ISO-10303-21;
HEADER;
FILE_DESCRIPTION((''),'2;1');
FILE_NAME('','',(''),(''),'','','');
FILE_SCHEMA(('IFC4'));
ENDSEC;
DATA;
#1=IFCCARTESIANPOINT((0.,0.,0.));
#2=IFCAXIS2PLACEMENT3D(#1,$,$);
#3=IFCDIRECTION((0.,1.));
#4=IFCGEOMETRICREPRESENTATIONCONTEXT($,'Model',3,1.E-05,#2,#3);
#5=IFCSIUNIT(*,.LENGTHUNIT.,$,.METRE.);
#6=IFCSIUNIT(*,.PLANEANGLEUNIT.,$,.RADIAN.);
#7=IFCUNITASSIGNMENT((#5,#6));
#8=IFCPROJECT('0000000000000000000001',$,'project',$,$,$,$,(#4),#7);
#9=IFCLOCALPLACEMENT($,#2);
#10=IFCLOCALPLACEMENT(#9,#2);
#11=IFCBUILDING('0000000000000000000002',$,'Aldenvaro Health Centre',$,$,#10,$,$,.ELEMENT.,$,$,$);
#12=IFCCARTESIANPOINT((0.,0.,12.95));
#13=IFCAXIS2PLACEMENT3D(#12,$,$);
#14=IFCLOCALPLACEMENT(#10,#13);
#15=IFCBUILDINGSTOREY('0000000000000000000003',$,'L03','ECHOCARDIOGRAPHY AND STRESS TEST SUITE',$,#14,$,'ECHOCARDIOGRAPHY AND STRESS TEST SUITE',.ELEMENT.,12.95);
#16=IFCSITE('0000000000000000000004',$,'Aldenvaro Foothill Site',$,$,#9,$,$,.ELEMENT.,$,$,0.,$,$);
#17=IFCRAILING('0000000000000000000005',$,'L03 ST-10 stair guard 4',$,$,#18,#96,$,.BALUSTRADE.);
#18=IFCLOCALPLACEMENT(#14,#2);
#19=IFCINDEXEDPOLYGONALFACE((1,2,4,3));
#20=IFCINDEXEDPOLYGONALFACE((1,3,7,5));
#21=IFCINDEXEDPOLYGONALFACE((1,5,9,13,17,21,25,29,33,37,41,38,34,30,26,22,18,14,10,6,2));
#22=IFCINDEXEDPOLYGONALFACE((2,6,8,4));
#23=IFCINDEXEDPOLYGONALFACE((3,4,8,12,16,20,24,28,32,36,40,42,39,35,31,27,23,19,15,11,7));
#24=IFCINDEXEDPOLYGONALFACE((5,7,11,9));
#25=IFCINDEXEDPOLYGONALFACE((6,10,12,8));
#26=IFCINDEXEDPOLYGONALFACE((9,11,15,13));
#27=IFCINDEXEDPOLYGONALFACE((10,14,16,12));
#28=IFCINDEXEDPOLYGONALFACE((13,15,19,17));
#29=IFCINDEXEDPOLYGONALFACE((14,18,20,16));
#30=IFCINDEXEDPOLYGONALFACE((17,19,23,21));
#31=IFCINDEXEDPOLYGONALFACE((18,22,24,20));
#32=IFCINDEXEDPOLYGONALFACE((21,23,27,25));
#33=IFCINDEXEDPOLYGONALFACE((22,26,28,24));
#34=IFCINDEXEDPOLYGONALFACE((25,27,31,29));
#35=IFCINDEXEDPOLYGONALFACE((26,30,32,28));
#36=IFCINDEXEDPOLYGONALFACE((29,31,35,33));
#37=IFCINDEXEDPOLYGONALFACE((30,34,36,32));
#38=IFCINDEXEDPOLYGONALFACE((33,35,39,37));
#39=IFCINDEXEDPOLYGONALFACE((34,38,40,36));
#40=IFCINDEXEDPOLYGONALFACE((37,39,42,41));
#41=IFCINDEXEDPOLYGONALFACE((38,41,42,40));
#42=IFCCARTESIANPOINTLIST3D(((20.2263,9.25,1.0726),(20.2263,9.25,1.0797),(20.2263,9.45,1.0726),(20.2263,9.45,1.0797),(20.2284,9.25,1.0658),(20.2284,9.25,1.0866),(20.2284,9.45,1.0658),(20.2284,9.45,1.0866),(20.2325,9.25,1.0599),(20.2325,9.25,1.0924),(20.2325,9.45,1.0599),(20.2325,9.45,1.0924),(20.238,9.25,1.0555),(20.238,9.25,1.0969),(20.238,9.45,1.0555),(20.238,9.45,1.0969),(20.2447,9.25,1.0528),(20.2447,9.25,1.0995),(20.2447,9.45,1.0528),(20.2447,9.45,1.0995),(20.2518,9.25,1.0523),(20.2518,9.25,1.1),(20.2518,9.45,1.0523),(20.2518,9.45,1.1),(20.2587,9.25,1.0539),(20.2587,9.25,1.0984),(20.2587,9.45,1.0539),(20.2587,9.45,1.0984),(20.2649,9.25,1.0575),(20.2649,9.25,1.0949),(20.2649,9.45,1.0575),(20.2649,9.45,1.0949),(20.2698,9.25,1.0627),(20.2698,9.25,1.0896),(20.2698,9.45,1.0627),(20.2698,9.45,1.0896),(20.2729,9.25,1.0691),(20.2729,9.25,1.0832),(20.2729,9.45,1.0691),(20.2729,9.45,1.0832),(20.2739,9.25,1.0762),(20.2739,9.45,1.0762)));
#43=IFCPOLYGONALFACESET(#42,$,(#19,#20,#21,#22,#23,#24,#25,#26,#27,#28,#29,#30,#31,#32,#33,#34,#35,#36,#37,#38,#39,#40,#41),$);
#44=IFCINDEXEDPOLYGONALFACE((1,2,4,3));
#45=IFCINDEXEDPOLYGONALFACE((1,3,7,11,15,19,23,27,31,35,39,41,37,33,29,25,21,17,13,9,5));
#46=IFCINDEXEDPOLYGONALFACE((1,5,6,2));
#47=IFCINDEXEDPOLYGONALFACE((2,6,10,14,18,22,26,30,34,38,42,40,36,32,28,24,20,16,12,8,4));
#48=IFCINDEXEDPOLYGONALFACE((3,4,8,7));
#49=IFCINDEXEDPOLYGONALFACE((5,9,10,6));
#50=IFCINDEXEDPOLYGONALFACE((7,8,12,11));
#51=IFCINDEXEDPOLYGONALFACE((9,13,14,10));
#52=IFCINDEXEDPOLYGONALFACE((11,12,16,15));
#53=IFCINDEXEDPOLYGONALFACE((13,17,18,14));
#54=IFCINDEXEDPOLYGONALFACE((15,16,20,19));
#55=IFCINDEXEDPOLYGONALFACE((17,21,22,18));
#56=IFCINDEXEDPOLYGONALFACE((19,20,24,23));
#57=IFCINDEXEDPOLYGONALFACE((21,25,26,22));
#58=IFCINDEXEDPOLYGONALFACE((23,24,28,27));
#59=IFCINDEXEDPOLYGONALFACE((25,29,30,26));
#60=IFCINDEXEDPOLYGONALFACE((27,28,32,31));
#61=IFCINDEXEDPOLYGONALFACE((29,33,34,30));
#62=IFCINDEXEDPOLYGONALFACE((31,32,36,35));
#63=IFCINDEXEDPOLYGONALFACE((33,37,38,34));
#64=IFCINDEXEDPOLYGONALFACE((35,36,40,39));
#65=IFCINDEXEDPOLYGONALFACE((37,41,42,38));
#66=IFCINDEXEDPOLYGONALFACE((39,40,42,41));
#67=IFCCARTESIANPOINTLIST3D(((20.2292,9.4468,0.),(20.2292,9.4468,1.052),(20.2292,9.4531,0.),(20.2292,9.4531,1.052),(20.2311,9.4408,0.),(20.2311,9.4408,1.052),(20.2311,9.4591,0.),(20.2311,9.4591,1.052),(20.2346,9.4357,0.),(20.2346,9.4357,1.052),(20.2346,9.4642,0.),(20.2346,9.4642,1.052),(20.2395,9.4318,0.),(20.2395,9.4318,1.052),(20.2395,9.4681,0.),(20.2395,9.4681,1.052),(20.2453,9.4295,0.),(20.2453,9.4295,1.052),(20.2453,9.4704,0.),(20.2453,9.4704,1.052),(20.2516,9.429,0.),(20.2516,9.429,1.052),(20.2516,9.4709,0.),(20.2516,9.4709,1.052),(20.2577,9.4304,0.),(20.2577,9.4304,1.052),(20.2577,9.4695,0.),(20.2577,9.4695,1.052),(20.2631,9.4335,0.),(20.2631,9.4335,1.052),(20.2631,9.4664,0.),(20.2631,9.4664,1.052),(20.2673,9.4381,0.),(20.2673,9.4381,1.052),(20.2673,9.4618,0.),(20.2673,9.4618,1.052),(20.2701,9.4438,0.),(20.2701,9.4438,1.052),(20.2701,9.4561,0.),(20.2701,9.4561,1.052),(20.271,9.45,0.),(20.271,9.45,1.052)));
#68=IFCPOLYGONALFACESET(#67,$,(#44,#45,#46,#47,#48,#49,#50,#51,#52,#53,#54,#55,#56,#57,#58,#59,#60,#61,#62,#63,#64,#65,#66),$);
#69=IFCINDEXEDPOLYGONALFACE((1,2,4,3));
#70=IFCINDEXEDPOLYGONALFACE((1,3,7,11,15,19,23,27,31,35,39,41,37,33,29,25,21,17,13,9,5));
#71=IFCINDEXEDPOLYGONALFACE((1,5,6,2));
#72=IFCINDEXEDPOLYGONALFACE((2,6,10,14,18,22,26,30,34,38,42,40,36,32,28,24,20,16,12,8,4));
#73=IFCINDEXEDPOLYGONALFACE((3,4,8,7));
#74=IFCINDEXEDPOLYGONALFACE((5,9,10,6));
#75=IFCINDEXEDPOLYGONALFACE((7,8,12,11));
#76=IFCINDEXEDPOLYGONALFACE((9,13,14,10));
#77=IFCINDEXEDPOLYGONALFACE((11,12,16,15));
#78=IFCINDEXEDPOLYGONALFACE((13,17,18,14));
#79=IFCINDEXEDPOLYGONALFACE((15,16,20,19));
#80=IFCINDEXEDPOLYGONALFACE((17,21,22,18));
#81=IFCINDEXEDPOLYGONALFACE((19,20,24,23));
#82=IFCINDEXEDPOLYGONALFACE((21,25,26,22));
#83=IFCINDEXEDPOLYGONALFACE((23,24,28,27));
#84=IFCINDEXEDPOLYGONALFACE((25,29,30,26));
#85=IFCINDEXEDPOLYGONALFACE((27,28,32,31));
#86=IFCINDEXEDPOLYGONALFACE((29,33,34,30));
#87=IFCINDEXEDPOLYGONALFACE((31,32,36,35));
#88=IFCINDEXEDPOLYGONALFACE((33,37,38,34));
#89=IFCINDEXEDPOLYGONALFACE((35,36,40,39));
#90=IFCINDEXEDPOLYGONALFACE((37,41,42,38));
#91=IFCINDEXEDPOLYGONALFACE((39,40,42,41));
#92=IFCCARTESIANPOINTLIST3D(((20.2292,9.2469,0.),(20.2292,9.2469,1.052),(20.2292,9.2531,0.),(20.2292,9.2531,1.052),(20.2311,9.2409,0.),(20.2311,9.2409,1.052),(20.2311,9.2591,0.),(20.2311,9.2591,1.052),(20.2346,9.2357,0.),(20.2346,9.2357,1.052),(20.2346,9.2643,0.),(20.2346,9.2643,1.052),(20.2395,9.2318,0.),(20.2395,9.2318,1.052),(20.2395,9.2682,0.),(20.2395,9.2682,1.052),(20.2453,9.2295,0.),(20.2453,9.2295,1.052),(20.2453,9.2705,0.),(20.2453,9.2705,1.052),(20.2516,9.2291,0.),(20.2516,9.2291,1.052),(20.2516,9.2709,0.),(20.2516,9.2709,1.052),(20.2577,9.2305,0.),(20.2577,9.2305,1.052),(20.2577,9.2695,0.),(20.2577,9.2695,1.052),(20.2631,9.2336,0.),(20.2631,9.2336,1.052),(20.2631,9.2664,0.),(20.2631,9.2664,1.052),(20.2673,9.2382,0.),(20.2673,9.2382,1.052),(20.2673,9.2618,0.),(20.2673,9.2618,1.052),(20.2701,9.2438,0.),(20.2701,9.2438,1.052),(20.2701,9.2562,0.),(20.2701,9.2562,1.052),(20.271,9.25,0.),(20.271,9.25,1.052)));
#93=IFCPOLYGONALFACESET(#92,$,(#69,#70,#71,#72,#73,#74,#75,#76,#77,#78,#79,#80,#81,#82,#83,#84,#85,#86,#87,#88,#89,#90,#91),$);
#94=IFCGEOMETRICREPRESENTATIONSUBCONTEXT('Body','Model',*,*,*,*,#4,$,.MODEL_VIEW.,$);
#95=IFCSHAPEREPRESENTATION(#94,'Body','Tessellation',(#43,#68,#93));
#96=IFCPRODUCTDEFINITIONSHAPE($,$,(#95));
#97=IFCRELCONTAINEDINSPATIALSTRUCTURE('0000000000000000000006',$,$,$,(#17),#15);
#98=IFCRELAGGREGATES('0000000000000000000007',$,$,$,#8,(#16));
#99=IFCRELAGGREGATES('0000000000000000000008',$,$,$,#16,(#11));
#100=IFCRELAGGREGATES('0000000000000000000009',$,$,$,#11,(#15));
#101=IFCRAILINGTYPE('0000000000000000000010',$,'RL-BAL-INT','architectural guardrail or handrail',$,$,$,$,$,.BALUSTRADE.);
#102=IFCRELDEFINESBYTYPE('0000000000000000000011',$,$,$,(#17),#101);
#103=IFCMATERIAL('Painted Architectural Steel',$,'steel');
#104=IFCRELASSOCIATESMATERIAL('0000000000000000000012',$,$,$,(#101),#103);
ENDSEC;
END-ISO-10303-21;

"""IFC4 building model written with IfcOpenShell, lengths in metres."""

from ifc_helpers import new_model, si_unit, direction, frame, origin, origin_2d, place, context, subcontext, project, spatial, circle, extrude, material, type_object, element, save


model = new_model("IFC4")

# Units and contexts
model_context = context("Model", 3, precision=1e-05, world=origin(), true_north=direction((0.0, 1.0)))
body_context = subcontext(model_context, "Body", "Model", "MODEL_VIEW")
ifc_project = project(units=[si_unit("LENGTHUNIT", "METRE"), si_unit("PLANEANGLEUNIT", "RADIAN")], contexts=[model_context])

# Site, building, storey
site_placement = place(None, origin())
site = spatial("IfcSite", under=ifc_project, at=site_placement, Name="Aldenvaro Foothill Site", CompositionType="ELEMENT", RefElevation=0.0)
building_placement = place(site_placement, origin())
building = spatial("IfcBuilding", under=site, at=building_placement, Name="Aldenvaro Health Centre", CompositionType="ELEMENT")
storey_placement = place(building_placement, frame((0.0, 0.0, 12.95)))
storey = spatial("IfcBuildingStorey", under=building, at=storey_placement, Name="L03", Description="ECHOCARDIOGRAPHY AND STRESS TEST SUITE", LongName="ECHOCARDIOGRAPHY AND STRESS TEST SUITE", CompositionType="ELEMENT", Elevation=12.95)

# Railing
ifc_material_1 = material(Name="Painted Architectural Steel", Category="steel")
railing_type_1 = type_object("IfcRailingType", Name="RL-BAL-INT", Description="architectural guardrail or handrail", PredefinedType="BALUSTRADE", material=ifc_material_1)
railing_1_placement = place(storey_placement, frame((20.25, 9.45, 0.0)))
element("IfcRailing", 1, at=railing_1_placement, inside=storey, type_object=railing_type_1, Name="L03 ST-10 stair guard 4", PredefinedType="BALUSTRADE", context=body_context, shape_type="SweptSolid", body=[
    extrude(circle(Radius=0.0239, at=origin_2d()), frame((0.0, 0.0, 1.0762), z_axis=(0.0, -1.0, 0.0), x_axis=(1.0, 0.0, 0.0)), (0.0, 0.0, 1.0), 0.2),
    extrude(circle(Radius=0.021, at=origin_2d()), origin(), (0.0, 0.0, 1.0), 1.052),
    extrude(circle(Radius=0.021, at=origin_2d()), frame((0.0, -0.2, 0.0)), (0.0, 0.0, 1.0), 1.052),
])

save(model, "model.ifc")
